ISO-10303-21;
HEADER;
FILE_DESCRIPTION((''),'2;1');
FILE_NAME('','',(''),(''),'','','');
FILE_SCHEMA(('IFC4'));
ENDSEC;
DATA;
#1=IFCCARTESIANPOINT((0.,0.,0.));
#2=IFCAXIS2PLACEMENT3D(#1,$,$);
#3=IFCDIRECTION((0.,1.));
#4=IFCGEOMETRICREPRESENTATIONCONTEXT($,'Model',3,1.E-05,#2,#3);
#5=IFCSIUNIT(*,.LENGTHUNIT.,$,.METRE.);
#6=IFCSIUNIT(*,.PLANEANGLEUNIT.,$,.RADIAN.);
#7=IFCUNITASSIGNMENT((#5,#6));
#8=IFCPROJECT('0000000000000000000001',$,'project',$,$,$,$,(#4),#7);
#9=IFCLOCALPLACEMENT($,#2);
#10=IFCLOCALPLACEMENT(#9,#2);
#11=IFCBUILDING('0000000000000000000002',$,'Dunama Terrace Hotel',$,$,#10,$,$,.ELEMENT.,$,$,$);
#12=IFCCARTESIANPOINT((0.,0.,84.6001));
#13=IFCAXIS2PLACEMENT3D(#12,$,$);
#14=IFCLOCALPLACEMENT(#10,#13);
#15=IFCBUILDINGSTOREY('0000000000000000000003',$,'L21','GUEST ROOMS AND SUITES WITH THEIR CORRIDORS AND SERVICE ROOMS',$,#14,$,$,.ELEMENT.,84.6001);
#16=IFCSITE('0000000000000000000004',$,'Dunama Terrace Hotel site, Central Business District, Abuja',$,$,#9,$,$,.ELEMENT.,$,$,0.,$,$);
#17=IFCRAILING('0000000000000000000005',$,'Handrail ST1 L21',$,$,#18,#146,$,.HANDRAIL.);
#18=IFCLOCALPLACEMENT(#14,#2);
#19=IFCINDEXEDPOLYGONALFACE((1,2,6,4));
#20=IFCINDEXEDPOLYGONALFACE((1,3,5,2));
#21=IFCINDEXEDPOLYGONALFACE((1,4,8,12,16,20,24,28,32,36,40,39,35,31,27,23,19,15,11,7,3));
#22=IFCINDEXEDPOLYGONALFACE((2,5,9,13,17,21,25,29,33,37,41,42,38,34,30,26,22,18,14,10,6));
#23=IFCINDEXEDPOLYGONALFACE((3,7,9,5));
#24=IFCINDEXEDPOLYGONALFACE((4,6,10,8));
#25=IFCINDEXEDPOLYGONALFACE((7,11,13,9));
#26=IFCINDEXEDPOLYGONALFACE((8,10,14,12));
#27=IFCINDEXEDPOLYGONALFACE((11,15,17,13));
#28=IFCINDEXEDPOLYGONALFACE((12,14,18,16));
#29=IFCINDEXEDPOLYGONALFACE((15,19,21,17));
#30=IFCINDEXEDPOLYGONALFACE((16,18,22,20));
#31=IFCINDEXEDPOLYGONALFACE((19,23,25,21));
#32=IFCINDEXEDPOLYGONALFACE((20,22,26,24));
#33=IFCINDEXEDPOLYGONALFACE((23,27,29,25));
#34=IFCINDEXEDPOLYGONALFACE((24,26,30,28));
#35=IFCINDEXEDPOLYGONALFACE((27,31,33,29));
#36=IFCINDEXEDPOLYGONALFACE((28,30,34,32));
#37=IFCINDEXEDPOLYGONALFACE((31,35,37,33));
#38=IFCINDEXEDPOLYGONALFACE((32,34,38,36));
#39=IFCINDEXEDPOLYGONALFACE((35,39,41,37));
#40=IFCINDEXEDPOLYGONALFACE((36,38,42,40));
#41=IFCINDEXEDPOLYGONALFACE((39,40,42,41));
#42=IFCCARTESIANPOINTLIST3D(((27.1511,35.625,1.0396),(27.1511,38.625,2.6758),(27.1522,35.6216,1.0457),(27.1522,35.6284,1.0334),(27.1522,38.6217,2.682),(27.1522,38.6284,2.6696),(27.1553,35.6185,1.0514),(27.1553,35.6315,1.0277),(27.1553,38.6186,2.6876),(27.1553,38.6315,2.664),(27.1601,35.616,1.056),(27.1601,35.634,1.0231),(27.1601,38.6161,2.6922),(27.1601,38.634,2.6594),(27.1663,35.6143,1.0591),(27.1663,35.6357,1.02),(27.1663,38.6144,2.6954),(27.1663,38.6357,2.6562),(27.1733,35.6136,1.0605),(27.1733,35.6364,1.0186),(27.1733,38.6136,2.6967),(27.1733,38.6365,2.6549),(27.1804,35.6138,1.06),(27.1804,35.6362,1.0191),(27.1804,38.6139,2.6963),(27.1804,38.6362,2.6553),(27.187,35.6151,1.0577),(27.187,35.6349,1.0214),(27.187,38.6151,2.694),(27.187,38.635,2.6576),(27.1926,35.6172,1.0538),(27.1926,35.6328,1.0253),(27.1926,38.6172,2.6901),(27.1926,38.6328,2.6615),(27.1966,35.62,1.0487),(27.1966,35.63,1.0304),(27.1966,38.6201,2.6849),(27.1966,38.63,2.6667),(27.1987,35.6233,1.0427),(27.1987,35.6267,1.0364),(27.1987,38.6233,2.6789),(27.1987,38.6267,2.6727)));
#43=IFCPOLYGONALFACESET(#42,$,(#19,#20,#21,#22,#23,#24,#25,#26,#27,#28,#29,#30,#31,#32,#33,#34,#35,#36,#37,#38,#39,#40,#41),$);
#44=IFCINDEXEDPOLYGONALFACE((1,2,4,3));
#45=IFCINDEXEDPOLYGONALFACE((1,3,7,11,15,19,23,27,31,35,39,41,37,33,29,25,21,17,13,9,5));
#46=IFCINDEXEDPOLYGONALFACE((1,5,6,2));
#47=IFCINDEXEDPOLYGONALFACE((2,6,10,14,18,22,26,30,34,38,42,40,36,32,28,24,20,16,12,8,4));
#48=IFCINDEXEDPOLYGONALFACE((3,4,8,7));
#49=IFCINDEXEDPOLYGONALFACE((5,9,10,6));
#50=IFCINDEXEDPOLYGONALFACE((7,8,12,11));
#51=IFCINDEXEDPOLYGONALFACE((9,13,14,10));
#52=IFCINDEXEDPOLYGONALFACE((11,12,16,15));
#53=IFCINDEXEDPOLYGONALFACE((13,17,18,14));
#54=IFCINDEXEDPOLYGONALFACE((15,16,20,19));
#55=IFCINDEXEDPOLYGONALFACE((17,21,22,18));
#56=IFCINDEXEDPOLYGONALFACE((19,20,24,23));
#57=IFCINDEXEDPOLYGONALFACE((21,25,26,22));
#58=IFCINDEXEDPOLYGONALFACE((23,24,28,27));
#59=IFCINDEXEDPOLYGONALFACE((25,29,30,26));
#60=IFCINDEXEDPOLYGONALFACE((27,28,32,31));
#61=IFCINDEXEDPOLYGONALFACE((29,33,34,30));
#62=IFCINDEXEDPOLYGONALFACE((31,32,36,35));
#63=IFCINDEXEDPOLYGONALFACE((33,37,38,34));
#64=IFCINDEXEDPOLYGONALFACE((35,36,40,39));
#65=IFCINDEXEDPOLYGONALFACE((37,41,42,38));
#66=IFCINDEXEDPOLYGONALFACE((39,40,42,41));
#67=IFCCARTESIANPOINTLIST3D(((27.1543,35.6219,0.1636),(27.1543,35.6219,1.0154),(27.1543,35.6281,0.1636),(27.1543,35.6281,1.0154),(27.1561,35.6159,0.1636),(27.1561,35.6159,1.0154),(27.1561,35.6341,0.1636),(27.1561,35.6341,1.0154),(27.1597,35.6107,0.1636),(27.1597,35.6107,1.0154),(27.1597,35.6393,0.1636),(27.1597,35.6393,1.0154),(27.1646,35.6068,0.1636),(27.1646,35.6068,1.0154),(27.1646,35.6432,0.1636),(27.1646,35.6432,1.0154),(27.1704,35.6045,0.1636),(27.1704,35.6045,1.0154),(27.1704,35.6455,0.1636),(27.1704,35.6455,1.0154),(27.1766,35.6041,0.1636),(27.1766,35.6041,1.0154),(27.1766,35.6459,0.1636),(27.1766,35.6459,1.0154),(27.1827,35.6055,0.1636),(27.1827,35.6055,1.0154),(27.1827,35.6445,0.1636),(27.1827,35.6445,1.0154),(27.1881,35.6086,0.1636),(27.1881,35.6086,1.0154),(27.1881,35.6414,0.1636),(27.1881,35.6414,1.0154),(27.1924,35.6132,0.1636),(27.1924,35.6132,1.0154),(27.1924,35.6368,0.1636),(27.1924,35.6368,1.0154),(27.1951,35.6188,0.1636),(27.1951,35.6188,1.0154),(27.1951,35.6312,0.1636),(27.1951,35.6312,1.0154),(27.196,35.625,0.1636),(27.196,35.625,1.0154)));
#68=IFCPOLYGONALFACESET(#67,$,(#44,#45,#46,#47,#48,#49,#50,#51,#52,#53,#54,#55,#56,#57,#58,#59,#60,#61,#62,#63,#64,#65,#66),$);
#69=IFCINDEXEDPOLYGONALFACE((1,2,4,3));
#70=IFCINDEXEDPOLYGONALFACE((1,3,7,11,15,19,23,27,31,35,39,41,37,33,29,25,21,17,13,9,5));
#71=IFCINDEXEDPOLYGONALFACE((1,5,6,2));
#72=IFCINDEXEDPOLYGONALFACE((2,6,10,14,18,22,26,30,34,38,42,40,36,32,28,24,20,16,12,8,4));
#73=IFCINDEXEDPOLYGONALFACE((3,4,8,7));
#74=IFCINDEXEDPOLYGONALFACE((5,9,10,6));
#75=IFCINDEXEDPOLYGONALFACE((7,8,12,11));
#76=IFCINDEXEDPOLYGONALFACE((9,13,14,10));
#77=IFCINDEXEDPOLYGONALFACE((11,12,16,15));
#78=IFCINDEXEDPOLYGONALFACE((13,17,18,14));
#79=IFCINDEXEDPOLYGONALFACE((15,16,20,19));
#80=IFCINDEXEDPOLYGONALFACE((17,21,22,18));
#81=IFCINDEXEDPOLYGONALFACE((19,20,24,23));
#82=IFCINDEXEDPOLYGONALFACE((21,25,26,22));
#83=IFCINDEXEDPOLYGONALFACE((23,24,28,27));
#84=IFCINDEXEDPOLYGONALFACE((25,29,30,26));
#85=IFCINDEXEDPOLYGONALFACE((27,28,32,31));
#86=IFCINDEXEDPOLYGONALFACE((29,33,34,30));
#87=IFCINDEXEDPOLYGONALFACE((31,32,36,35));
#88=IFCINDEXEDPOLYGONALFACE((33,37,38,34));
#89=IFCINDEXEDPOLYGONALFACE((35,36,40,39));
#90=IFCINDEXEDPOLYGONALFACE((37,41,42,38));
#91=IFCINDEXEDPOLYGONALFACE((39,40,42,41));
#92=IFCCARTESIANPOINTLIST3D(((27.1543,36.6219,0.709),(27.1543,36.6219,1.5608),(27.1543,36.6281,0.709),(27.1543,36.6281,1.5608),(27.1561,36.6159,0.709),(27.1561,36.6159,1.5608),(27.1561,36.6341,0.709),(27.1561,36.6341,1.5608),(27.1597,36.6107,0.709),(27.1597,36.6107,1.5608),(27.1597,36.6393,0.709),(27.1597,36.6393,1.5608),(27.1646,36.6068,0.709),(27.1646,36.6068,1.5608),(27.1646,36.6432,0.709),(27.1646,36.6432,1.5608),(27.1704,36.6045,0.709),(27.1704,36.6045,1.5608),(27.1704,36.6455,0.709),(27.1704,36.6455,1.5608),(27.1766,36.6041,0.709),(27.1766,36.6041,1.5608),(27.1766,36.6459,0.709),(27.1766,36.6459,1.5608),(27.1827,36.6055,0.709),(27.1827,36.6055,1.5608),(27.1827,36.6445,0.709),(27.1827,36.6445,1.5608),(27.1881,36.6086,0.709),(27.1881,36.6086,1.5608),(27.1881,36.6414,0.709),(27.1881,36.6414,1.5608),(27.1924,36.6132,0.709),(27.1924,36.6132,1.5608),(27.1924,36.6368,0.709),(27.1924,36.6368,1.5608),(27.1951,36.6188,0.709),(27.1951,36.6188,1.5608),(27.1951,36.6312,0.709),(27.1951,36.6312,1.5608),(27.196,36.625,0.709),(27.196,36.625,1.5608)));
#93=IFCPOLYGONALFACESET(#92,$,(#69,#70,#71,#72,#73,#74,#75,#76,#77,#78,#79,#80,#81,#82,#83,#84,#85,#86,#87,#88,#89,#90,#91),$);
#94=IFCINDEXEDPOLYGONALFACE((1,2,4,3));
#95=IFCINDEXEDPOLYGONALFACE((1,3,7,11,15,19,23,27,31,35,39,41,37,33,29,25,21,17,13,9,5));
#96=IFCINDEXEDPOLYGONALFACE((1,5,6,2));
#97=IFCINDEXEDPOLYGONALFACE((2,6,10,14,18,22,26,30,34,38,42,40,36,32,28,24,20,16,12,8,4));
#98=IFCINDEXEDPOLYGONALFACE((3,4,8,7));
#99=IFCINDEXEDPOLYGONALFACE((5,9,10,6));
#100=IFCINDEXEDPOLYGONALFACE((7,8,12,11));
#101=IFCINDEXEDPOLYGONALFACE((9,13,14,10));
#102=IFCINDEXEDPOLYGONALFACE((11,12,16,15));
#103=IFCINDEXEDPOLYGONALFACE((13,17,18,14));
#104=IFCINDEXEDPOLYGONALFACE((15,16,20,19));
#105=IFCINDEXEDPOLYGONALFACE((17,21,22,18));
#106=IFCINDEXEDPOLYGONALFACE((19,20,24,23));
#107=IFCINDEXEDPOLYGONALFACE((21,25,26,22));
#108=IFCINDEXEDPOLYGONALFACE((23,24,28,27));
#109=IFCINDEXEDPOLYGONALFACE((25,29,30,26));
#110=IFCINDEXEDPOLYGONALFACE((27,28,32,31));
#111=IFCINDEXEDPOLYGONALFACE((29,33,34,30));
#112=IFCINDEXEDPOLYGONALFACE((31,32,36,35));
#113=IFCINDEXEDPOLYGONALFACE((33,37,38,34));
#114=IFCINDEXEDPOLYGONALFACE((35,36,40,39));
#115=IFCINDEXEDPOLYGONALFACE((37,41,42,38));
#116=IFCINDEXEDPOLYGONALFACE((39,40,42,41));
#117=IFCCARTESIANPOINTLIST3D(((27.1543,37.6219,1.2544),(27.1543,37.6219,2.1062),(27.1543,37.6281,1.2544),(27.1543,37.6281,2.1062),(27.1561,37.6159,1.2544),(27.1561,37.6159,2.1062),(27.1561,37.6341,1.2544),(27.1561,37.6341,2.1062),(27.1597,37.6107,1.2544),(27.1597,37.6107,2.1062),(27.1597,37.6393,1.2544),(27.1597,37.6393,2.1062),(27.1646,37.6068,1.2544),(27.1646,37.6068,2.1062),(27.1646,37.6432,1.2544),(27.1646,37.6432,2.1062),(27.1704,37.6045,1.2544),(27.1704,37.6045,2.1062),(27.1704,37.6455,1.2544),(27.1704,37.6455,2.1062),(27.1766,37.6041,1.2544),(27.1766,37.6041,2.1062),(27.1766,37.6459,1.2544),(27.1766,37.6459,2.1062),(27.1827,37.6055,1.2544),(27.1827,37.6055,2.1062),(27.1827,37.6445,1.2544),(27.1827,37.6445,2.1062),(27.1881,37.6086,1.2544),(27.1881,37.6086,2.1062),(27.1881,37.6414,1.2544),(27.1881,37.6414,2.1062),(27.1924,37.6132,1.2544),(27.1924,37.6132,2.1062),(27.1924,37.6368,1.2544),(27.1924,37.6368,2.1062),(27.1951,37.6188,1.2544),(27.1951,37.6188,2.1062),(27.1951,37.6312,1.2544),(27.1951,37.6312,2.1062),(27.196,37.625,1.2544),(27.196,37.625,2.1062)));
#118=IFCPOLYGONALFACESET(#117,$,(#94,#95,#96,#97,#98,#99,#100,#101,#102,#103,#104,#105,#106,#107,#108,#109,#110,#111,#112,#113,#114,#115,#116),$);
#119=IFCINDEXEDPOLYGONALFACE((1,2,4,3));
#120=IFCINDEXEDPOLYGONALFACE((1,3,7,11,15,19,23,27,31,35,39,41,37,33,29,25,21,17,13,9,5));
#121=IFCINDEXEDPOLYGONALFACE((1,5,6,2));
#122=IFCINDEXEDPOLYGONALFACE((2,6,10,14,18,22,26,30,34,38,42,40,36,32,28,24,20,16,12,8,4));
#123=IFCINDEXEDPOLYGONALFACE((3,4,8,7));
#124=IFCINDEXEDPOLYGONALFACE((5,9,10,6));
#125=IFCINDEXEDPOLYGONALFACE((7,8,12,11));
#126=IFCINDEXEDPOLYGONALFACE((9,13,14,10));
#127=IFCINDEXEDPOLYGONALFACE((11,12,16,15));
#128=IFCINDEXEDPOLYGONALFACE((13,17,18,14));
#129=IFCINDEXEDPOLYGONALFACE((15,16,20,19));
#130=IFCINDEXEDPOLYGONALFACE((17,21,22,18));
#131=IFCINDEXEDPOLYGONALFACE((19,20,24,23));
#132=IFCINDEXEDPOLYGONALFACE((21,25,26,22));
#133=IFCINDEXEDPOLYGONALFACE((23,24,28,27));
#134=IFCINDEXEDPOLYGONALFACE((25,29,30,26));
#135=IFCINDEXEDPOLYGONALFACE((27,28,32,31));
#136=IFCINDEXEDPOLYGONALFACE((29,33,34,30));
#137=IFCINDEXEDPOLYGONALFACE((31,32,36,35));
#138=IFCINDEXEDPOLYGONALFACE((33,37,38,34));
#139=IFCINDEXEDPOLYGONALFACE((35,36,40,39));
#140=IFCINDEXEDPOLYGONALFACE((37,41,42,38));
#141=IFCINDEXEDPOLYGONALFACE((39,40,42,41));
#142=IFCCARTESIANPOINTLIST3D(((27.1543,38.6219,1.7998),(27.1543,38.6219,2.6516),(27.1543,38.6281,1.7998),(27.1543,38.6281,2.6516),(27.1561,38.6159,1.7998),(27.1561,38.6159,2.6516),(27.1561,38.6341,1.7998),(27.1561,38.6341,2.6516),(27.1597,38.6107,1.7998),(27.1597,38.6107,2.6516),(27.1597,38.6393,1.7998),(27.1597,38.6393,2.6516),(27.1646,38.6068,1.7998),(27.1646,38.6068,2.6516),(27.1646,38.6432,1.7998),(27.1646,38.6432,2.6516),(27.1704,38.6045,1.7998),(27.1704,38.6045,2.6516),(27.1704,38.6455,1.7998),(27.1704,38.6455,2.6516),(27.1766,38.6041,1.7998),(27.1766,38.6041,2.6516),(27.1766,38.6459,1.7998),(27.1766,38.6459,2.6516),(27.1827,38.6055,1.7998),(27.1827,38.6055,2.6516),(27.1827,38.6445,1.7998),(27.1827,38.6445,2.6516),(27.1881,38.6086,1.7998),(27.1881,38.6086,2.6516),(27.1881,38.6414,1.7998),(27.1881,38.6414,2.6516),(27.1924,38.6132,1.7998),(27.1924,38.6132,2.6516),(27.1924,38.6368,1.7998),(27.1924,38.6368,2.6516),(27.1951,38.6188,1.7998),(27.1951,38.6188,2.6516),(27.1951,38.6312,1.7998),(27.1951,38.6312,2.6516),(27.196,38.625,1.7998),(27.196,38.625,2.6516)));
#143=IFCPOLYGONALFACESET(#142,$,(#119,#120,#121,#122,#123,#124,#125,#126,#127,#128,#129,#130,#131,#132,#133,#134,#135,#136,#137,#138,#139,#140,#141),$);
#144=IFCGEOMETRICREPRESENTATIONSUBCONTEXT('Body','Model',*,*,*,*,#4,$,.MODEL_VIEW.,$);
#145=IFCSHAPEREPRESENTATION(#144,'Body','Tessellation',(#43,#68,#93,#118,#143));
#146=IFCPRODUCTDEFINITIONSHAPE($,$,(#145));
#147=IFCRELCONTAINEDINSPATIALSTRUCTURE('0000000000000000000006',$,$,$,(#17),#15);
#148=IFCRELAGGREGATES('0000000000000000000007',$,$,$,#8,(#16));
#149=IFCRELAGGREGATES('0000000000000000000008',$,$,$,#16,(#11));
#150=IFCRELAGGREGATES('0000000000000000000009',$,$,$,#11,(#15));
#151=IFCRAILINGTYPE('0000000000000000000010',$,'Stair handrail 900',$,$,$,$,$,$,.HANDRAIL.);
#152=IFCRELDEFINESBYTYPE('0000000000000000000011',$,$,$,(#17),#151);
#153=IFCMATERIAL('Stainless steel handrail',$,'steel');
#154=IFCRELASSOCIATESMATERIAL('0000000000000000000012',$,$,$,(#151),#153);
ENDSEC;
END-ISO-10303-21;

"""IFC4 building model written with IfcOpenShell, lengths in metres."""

from ifc_helpers import new_model, si_unit, direction, frame, origin, origin_2d, place, context, subcontext, project, spatial, circle, extrude, material, type_object, element, save


model = new_model("IFC4")

# Units and contexts
model_context = context("Model", 3, precision=1e-05, world=origin(), true_north=direction((0.0, 1.0)))
body_context = subcontext(model_context, "Body", "Model", "MODEL_VIEW")
ifc_project = project(units=[si_unit("LENGTHUNIT", "METRE"), si_unit("PLANEANGLEUNIT", "RADIAN")], contexts=[model_context])

# Site, building, storey
site_placement = place(None, origin())
site = spatial("IfcSite", under=ifc_project, at=site_placement, Name="Dunama Terrace Hotel site, Central Business District, Abuja", CompositionType="ELEMENT", RefElevation=0.0)
building_placement = place(site_placement, origin())
building = spatial("IfcBuilding", under=site, at=building_placement, Name="Dunama Terrace Hotel", CompositionType="ELEMENT")
storey_placement = place(building_placement, frame((0.0, 0.0, 84.6001)))
storey = spatial("IfcBuildingStorey", under=building, at=storey_placement, Name="L21", Description="GUEST ROOMS AND SUITES WITH THEIR CORRIDORS AND SERVICE ROOMS", CompositionType="ELEMENT", Elevation=84.6001)

# Railing
ifc_material_1 = material(Name="Stainless steel handrail", Category="steel")
railing_type = type_object("IfcRailingType", Name="Stair handrail 900", PredefinedType="HANDRAIL", material=ifc_material_1)
railing_placement = place(storey_placement, frame((27.175, 35.625, 0.1636)))
element("IfcRailing", 1, at=railing_placement, inside=storey, type_object=railing_type, Name="Handrail ST1 L21", PredefinedType="HANDRAIL", context=body_context, shape_type="SweptSolid", body=[
    extrude(circle(Radius=0.0239, at=origin_2d()), frame((0.0, 0.0, 0.876), z_axis=(0.0, 0.877912, 0.478822), x_axis=(-1.0, 0.0, 0.0)), (0.0, 0.0, 1.0), 3.4172),
    extrude(circle(Radius=0.021, at=origin_2d()), origin(), (0.0, 0.0, 1.0), 0.8518),
    extrude(circle(Radius=0.021, at=origin_2d()), frame((0.0, 1.0, 0.5454)), (0.0, 0.0, 1.0), 0.8518),
    extrude(circle(Radius=0.021, at=origin_2d()), frame((0.0, 2.0, 1.0908)), (0.0, 0.0, 1.0), 0.8518),
    extrude(circle(Radius=0.021, at=origin_2d()), frame((0.0, 3.0, 1.6362)), (0.0, 0.0, 1.0), 0.8518),
])

save(model, "model.ifc")
